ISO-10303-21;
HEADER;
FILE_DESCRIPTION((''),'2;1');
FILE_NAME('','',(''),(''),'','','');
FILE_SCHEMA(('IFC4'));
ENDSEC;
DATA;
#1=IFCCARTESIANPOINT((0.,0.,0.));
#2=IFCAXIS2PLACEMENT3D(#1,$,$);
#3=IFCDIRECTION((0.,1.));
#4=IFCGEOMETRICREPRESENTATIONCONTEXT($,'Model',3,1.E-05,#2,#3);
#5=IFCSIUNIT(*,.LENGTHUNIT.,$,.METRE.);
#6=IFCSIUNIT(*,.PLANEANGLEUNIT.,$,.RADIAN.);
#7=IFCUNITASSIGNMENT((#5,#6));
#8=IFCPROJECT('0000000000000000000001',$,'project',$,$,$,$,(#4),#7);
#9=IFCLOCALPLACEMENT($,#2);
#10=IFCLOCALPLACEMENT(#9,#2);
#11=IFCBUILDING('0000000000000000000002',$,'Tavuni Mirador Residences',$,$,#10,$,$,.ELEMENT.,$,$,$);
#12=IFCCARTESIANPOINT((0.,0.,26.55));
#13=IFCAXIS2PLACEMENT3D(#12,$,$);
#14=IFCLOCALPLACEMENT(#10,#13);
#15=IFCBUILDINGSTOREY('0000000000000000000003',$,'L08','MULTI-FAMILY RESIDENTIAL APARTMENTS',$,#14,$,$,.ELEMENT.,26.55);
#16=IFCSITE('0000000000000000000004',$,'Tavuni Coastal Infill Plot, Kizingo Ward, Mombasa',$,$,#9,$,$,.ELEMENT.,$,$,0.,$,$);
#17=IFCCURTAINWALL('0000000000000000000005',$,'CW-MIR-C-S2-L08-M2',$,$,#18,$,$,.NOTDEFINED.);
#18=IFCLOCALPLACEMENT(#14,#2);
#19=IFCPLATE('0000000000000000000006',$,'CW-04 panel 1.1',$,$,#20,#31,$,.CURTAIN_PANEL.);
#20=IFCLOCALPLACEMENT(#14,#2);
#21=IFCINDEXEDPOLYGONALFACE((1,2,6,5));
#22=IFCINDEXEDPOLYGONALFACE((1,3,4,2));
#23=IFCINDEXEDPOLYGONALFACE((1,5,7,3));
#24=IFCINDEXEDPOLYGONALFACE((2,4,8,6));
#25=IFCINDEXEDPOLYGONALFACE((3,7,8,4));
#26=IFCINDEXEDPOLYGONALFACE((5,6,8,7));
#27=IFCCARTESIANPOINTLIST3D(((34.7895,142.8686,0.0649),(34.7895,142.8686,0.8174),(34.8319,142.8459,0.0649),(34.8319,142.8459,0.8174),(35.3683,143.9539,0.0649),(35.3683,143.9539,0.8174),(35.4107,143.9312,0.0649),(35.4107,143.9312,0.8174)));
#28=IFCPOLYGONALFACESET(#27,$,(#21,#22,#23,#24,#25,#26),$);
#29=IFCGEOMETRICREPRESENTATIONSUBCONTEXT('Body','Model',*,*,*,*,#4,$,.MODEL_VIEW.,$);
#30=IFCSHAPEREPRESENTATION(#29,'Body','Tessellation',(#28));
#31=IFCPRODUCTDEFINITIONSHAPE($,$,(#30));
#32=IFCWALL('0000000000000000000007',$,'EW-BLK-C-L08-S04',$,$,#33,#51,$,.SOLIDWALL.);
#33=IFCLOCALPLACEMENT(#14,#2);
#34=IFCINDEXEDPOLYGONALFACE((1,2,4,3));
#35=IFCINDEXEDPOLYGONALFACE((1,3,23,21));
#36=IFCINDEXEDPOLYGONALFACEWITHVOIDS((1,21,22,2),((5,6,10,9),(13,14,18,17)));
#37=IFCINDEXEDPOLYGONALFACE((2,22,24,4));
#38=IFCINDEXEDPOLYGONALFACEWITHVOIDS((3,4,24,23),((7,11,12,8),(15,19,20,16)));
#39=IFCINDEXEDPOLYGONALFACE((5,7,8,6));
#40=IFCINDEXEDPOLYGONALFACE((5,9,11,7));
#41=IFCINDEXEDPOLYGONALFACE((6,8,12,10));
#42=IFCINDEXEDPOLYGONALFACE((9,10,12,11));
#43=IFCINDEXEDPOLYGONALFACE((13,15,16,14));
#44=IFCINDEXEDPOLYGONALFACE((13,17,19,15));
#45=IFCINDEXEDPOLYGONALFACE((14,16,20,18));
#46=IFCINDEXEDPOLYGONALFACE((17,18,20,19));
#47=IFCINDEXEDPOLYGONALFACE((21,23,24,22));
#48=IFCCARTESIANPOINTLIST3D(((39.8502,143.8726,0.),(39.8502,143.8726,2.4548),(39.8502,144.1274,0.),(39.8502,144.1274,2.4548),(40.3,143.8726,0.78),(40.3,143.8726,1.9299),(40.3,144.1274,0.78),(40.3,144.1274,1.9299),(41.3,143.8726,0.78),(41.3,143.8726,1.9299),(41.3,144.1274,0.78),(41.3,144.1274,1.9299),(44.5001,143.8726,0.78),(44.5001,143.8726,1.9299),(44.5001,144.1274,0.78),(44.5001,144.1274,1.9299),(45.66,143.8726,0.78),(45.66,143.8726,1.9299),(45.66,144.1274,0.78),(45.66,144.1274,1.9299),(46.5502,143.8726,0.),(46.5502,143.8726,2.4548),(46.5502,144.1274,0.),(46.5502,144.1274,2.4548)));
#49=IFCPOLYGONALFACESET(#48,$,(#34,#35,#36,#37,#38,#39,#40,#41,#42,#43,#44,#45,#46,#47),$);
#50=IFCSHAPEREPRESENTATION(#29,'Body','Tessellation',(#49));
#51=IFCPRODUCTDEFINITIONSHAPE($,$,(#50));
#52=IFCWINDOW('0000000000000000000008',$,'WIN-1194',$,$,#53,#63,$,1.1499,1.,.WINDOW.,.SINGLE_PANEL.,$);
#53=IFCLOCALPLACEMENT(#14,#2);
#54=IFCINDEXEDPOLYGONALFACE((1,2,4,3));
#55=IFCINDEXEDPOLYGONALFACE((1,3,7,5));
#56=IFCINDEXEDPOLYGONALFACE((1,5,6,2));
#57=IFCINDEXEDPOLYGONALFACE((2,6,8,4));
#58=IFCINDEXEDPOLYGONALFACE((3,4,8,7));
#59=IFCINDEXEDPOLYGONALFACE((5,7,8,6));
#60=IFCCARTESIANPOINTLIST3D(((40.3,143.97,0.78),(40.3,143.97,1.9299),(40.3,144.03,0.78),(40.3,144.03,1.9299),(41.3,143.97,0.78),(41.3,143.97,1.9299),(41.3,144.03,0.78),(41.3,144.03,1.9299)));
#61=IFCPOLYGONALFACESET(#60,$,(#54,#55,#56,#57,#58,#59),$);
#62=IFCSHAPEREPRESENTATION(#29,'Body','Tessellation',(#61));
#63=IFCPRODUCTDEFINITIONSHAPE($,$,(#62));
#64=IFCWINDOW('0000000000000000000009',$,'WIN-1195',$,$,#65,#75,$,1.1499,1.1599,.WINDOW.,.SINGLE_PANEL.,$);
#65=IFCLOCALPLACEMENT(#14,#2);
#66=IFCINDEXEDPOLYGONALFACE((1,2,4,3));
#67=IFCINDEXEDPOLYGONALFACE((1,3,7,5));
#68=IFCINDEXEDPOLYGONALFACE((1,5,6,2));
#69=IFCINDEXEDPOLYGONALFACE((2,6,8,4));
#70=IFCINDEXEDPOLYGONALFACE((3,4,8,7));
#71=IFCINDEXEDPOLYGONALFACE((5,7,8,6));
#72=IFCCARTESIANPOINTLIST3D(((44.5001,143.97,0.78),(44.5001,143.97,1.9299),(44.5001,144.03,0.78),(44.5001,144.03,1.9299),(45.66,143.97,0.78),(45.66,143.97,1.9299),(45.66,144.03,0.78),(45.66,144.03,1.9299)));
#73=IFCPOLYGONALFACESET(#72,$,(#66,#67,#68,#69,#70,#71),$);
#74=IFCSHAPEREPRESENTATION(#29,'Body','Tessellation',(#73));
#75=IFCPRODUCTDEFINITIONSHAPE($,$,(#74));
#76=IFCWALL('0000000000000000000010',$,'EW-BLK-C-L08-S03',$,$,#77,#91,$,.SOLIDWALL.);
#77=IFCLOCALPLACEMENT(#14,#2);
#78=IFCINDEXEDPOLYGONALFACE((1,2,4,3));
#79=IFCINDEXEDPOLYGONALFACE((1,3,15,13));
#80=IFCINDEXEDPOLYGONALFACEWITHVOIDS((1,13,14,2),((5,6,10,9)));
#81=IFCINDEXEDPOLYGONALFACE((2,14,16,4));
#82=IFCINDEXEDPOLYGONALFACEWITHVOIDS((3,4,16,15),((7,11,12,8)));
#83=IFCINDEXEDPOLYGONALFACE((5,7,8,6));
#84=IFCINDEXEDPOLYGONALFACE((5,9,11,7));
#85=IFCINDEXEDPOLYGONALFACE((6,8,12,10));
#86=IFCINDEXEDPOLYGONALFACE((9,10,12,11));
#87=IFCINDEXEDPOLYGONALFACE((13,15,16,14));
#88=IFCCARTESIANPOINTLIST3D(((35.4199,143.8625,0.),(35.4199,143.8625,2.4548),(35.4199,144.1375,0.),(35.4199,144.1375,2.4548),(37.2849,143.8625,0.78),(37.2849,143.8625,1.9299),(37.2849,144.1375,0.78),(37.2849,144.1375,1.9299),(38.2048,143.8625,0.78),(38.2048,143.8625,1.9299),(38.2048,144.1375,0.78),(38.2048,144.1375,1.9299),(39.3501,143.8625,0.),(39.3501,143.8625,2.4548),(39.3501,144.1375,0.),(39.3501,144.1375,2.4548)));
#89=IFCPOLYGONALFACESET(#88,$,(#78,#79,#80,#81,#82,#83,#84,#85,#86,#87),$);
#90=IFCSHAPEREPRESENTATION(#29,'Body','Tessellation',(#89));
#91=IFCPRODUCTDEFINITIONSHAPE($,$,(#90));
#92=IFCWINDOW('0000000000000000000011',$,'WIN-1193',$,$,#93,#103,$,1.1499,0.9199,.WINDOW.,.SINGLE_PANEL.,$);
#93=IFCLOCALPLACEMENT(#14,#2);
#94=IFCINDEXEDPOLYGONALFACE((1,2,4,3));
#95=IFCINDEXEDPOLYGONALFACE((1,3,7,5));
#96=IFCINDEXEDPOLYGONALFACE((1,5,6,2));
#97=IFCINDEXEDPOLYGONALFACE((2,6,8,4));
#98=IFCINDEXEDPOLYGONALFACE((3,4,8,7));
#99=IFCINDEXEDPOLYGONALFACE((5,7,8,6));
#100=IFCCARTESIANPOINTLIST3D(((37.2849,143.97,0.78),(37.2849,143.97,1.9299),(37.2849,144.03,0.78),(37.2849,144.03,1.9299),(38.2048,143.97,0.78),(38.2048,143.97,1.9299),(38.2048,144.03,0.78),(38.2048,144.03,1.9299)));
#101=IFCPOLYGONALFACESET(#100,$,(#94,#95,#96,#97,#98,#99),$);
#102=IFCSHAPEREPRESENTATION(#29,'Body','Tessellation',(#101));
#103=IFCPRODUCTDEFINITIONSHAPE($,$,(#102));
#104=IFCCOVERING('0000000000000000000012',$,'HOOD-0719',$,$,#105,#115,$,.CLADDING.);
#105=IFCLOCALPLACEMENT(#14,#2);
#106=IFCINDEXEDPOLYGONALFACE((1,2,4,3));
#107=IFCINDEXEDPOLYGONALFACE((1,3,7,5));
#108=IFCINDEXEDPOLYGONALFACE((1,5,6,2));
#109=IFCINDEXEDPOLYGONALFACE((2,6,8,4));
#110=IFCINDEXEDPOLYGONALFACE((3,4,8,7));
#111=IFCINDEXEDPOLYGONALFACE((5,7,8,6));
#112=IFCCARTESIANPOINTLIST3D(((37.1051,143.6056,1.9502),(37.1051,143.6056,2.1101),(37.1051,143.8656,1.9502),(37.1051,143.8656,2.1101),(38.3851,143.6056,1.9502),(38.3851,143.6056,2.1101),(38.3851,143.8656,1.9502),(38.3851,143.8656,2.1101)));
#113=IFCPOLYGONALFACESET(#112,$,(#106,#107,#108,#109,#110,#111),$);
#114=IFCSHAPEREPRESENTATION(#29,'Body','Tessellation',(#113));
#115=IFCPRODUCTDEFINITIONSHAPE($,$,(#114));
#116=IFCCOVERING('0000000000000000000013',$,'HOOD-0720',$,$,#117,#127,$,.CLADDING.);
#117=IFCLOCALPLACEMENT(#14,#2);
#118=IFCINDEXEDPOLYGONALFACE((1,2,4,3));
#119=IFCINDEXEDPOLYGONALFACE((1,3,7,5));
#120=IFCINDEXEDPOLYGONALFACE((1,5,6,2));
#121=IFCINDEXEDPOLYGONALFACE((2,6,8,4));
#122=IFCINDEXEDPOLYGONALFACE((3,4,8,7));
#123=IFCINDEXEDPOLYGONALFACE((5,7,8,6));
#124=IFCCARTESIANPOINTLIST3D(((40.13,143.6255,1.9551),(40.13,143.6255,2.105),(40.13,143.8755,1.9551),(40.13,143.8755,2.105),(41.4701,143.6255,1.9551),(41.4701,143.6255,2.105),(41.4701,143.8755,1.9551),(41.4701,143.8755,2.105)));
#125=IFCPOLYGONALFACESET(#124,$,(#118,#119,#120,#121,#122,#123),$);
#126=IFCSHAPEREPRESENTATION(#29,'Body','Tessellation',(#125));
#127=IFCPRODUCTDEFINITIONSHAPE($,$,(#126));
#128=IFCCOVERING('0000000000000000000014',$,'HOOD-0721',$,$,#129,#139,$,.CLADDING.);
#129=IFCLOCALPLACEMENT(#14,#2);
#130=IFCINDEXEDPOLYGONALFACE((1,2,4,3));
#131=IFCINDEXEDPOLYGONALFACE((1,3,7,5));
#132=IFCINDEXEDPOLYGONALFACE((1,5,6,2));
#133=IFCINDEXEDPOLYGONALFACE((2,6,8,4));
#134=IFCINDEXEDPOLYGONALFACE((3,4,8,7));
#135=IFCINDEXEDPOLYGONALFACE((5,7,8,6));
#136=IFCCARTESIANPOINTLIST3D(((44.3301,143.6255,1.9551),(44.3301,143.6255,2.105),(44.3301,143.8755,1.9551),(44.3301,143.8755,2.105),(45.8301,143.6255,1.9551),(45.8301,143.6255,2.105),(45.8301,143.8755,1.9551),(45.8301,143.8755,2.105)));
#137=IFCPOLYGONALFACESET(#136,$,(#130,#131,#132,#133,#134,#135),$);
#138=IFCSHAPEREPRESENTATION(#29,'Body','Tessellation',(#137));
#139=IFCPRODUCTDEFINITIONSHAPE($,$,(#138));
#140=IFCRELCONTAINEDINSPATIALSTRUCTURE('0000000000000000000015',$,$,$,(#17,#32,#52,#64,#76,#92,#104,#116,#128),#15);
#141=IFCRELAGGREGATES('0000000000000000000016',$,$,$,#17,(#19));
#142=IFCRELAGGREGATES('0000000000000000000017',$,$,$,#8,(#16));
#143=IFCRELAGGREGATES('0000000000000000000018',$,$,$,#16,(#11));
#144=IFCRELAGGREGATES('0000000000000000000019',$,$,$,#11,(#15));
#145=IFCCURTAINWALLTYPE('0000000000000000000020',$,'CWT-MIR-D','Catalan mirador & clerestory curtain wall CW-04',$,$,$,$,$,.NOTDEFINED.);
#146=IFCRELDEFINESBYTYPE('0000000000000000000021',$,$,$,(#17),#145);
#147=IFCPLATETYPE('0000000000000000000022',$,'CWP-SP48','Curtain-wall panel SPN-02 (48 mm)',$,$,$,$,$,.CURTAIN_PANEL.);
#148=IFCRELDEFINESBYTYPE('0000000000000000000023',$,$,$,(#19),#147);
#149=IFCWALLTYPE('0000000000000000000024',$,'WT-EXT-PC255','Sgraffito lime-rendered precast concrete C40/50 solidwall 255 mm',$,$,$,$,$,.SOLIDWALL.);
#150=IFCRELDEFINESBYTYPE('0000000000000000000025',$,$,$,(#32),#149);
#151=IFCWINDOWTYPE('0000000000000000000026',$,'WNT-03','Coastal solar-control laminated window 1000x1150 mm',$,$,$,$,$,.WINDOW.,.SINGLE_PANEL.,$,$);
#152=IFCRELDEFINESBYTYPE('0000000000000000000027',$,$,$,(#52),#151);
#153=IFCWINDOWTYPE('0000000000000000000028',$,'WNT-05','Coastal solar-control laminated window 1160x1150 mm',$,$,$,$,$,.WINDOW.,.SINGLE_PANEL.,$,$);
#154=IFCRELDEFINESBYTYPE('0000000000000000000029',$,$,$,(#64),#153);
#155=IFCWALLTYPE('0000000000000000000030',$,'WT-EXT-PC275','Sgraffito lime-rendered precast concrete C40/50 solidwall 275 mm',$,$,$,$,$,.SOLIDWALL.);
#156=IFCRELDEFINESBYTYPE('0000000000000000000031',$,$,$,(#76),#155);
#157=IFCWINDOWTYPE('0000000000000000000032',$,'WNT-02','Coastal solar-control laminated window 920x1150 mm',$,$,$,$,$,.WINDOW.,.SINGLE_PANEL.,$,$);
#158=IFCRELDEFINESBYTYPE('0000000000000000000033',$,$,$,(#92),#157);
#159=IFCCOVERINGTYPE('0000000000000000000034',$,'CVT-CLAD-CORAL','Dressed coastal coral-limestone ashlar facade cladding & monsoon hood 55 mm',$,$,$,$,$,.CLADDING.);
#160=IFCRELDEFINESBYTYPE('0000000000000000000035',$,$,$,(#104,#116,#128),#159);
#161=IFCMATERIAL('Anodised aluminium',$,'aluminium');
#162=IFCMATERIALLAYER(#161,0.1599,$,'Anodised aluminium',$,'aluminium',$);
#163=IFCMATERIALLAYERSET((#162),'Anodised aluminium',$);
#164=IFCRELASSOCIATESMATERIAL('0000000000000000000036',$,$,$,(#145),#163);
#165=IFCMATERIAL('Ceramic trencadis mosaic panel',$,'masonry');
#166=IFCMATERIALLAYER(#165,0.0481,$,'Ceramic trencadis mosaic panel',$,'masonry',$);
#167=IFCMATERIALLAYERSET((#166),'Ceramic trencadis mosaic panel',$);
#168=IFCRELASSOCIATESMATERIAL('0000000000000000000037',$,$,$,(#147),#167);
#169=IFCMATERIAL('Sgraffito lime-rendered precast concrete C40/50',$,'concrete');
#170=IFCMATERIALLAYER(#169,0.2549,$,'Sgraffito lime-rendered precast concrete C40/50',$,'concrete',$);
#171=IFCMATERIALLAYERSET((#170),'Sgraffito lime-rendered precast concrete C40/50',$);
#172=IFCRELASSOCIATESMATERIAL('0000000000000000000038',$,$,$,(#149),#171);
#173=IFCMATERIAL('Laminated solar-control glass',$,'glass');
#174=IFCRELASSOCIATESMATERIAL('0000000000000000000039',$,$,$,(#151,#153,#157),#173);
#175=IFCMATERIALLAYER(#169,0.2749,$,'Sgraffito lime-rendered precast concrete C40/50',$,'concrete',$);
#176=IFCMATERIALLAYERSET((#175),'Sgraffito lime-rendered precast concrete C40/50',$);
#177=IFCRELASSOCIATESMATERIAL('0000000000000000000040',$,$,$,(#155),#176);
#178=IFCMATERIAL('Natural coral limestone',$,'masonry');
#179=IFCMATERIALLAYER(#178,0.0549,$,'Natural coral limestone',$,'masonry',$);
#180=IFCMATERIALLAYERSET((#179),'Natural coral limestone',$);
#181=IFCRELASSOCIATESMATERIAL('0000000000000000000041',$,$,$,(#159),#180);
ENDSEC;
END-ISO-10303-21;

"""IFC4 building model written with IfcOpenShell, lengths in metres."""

from ifc_helpers import new_model, si_unit, direction, frame, frame_2d, origin, origin_2d, place, context, subcontext, project, spatial, rectangle, extrude, material, layer, layer_set, type_object, element, fill, aggregate, save


model = new_model("IFC4")

# Units and contexts
model_context = context("Model", 3, precision=1e-05, world=origin(), true_north=direction((0.0, 1.0)))
body_context = subcontext(model_context, "Body", "Model", "MODEL_VIEW")
ifc_project = project(units=[si_unit("LENGTHUNIT", "METRE"), si_unit("PLANEANGLEUNIT", "RADIAN")], contexts=[model_context])

# Site, building, storey
site_placement = place(None, origin())
site = spatial("IfcSite", under=ifc_project, at=site_placement, Name="Tavuni Coastal Infill Plot, Kizingo Ward, Mombasa", CompositionType="ELEMENT", RefElevation=0.0)
building_placement = place(site_placement, origin())
building = spatial("IfcBuilding", under=site, at=building_placement, Name="Tavuni Mirador Residences", CompositionType="ELEMENT")
storey_placement = place(building_placement, frame((0.0, 0.0, 26.55)))
storey = spatial("IfcBuildingStorey", under=building, at=storey_placement, Name="L08", Description="MULTI-FAMILY RESIDENTIAL APARTMENTS", CompositionType="ELEMENT", Elevation=26.55)

# Curtain wall
ifc_material_1 = material(Name="Anodised aluminium", Category="aluminium")
ifc_layer_1 = layer(ifc_material_1, 0.1599, Name="Anodised aluminium", Category="aluminium")
ifc_layer_set_1 = layer_set([ifc_layer_1], Name="Anodised aluminium")
curtain_wall_type = type_object("IfcCurtainWallType", Name="CWT-MIR-D", Description="Catalan mirador & clerestory curtain wall CW-04", PredefinedType="NOTDEFINED", material=ifc_layer_set_1)
curtain_wall_placement = place(storey_placement, origin())
curtain_wall = element("IfcCurtainWall", 1, at=curtain_wall_placement, inside=storey, type_object=curtain_wall_type, Name="CW-MIR-C-S2-L08-M2", PredefinedType="NOTDEFINED")

# Plate
ifc_material_2 = material(Name="Laminated solar-control glass", Category="glass")
ifc_material_3 = material(Name="Ceramic trencadis mosaic panel", Category="masonry")
ifc_layer_2 = layer(ifc_material_3, 0.0481, Name="Ceramic trencadis mosaic panel", Category="masonry")
ifc_layer_set_2 = layer_set([ifc_layer_2], Name="Ceramic trencadis mosaic panel")
plate_type_1 = type_object("IfcPlateType", Name="CWP-SP48", Description="Curtain-wall panel SPN-02 (48 mm)", PredefinedType="CURTAIN_PANEL", material=ifc_layer_set_2)
plate_1_placement = place(storey_placement, frame((35.1001, 143.3999, 0.0649), z_axis=(0.0, 0.0, 1.0), x_axis=(0.470588, 0.882353, 0.0)))
plate_1 = element("IfcPlate", 2, at=plate_1_placement, type_object=plate_type_1, Name="CW-04 panel 1.1", PredefinedType="CURTAIN_PANEL", context=body_context, shape_type="SweptSolid", body=[
    extrude(rectangle(XDim=1.23, YDim=0.0481, at=origin_2d()), origin(), (0.0, 0.0, 1.0), 0.7524),
])
aggregate(curtain_wall, [plate_1])

# Wall, openings, windows
ifc_material_4 = material(Name="Sgraffito lime-rendered precast concrete C40/50", Category="concrete")
ifc_layer_3 = layer(ifc_material_4, 0.2549, Name="Sgraffito lime-rendered precast concrete C40/50", Category="concrete")
ifc_layer_set_3 = layer_set([ifc_layer_3], Name="Sgraffito lime-rendered precast concrete C40/50")
wall_type_1 = type_object("IfcWallType", Name="WT-EXT-PC255", Description="Sgraffito lime-rendered precast concrete C40/50 solidwall 255 mm", PredefinedType="SOLIDWALL", material=ifc_layer_set_3)
wall_1_placement = place(storey_placement, frame((39.8501, 144.0, 0.0), z_axis=(0.0, 0.0, 1.0), x_axis=(1.0, 0.0, 0.0)))
wall_1 = element("IfcWall", 3, at=wall_1_placement, inside=storey, type_object=wall_type_1, Name="EW-BLK-C-L08-S04", PredefinedType="SOLIDWALL", context=body_context, shape_type="SweptSolid", body=[
    extrude(rectangle(XDim=6.7, YDim=0.2549, at=frame_2d((3.3501, 0.0))), origin(), (0.0, 0.0, 1.0), 2.4548),
])
opening_1_placement = place(wall_1_placement, frame((0.45, 0.0, 0.78)))
opening_1 = element("IfcOpeningElement", 4, at=opening_1_placement, cuts=wall_1, PredefinedType="OPENING", context=body_context, shape_type="SweptSolid", body=[
    extrude(rectangle(XDim=1.0, YDim=1.1499, at=frame_2d((0.5, 0.575))), frame((0.0, 0.1375, 0.0), z_axis=(0.0, -1.0, 0.0), x_axis=(1.0, 0.0, 0.0)), (0.0, 0.0, 1.0), 0.2749),
])
opening_2_placement = place(wall_1_placement, frame((4.6499, 0.0, 0.78)))
opening_2 = element("IfcOpeningElement", 5, at=opening_2_placement, cuts=wall_1, PredefinedType="OPENING", context=body_context, shape_type="SweptSolid", body=[
    extrude(rectangle(XDim=1.1599, YDim=1.1499, at=frame_2d((0.5801, 0.575))), frame((0.0, 0.1375, 0.0), z_axis=(0.0, -1.0, 0.0), x_axis=(1.0, 0.0, 0.0)), (0.0, 0.0, 1.0), 0.2749),
])
window_type_1 = type_object("IfcWindowType", Name="WNT-03", Description="Coastal solar-control laminated window 1000x1150 mm", PartitioningType="SINGLE_PANEL", PredefinedType="WINDOW", material=ifc_material_2)
window_1_placement = place(opening_1_placement, origin())
window_1 = element("IfcWindow", 6, at=window_1_placement, inside=storey, type_object=window_type_1, Name="WIN-1194", OverallHeight=1.1499, OverallWidth=1.0, PartitioningType="SINGLE_PANEL", PredefinedType="WINDOW", context=body_context, shape_type="SweptSolid", body=[
    extrude(rectangle(XDim=1.0, YDim=1.1499, at=frame_2d((0.5, 0.575))), frame((0.0, 0.03, 0.0), z_axis=(0.0, -1.0, 0.0), x_axis=(1.0, 0.0, 0.0)), (0.0, 0.0, 1.0), 0.0601),
])
fill(opening_1, window_1)
window_type_2 = type_object("IfcWindowType", Name="WNT-05", Description="Coastal solar-control laminated window 1160x1150 mm", PartitioningType="SINGLE_PANEL", PredefinedType="WINDOW", material=ifc_material_2)
window_2_placement = place(opening_2_placement, origin())
window_2 = element("IfcWindow", 7, at=window_2_placement, inside=storey, type_object=window_type_2, Name="WIN-1195", OverallHeight=1.1499, OverallWidth=1.1599, PartitioningType="SINGLE_PANEL", PredefinedType="WINDOW", context=body_context, shape_type="SweptSolid", body=[
    extrude(rectangle(XDim=1.1599, YDim=1.1499, at=frame_2d((0.5801, 0.575))), frame((0.0, 0.03, 0.0), z_axis=(0.0, -1.0, 0.0), x_axis=(1.0, 0.0, 0.0)), (0.0, 0.0, 1.0), 0.0601),
])
fill(opening_2, window_2)

# Wall, opening, window
ifc_layer_4 = layer(ifc_material_4, 0.2749, Name="Sgraffito lime-rendered precast concrete C40/50", Category="concrete")
ifc_layer_set_4 = layer_set([ifc_layer_4], Name="Sgraffito lime-rendered precast concrete C40/50")
wall_type_2 = type_object("IfcWallType", Name="WT-EXT-PC275", Description="Sgraffito lime-rendered precast concrete C40/50 solidwall 275 mm", PredefinedType="SOLIDWALL", material=ifc_layer_set_4)
wall_2_placement = place(storey_placement, frame((35.4199, 144.0, 0.0), z_axis=(0.0, 0.0, 1.0), x_axis=(1.0, 0.0, 0.0)))
wall_2 = element("IfcWall", 8, at=wall_2_placement, inside=storey, type_object=wall_type_2, Name="EW-BLK-C-L08-S03", PredefinedType="SOLIDWALL", context=body_context, shape_type="SweptSolid", body=[
    extrude(rectangle(XDim=3.9302, YDim=0.2749, at=frame_2d((1.9651, 0.0))), origin(), (0.0, 0.0, 1.0), 2.4548),
])
opening_3_placement = place(wall_2_placement, frame((1.865, 0.0, 0.78)))
opening_3 = element("IfcOpeningElement", 9, at=opening_3_placement, cuts=wall_2, PredefinedType="OPENING", context=body_context, shape_type="SweptSolid", body=[
    extrude(rectangle(XDim=0.9199, YDim=1.1499, at=frame_2d((0.46, 0.575))), frame((0.0, 0.1475, 0.0), z_axis=(0.0, -1.0, 0.0), x_axis=(1.0, 0.0, 0.0)), (0.0, 0.0, 1.0), 0.2949),
])
window_type_3 = type_object("IfcWindowType", Name="WNT-02", Description="Coastal solar-control laminated window 920x1150 mm", PartitioningType="SINGLE_PANEL", PredefinedType="WINDOW", material=ifc_material_2)
window_3_placement = place(opening_3_placement, origin())
window_3 = element("IfcWindow", 10, at=window_3_placement, inside=storey, type_object=window_type_3, Name="WIN-1193", OverallHeight=1.1499, OverallWidth=0.9199, PartitioningType="SINGLE_PANEL", PredefinedType="WINDOW", context=body_context, shape_type="SweptSolid", body=[
    extrude(rectangle(XDim=0.9199, YDim=1.1499, at=frame_2d((0.46, 0.575))), frame((0.0, 0.03, 0.0), z_axis=(0.0, -1.0, 0.0), x_axis=(1.0, 0.0, 0.0)), (0.0, 0.0, 1.0), 0.0601),
])
fill(opening_3, window_3)

# Coverings
ifc_material_5 = material(Name="Natural coral limestone", Category="masonry")
ifc_layer_5 = layer(ifc_material_5, 0.0549, Name="Natural coral limestone", Category="masonry")
ifc_layer_set_5 = layer_set([ifc_layer_5], Name="Natural coral limestone")
covering_type = type_object("IfcCoveringType", Name="CVT-CLAD-CORAL", Description="Dressed coastal coral-limestone ashlar facade cladding & monsoon hood 55 mm", PredefinedType="CLADDING", material=ifc_layer_set_5)
covering_1_placement = place(storey_placement, frame((37.7451, 143.7356, 1.9502), z_axis=(0.0, 0.0, 1.0), x_axis=(1.0, 0.0, 0.0)))
element("IfcCovering", 11, at=covering_1_placement, inside=storey, type_object=covering_type, Name="HOOD-0719", PredefinedType="CLADDING", context=body_context, shape_type="SweptSolid", body=[
    extrude(rectangle(XDim=1.28, YDim=0.26, at=origin_2d()), origin(), (0.0, 0.0, 1.0), 0.1599),
])
covering_2_placement = place(storey_placement, frame((40.8, 143.7505, 1.9551), z_axis=(0.0, 0.0, 1.0), x_axis=(1.0, 0.0, 0.0)))
element("IfcCovering", 12, at=covering_2_placement, inside=storey, type_object=covering_type, Name="HOOD-0720", PredefinedType="CLADDING", context=body_context, shape_type="SweptSolid", body=[
    extrude(rectangle(XDim=1.3401, YDim=0.25, at=origin_2d()), origin(), (0.0, 0.0, 1.0), 0.1499),
])
covering_3_placement = place(storey_placement, frame((45.0801, 143.7505, 1.9551), z_axis=(0.0, 0.0, 1.0), x_axis=(1.0, 0.0, 0.0)))
element("IfcCovering", 13, at=covering_3_placement, inside=storey, type_object=covering_type, Name="HOOD-0721", PredefinedType="CLADDING", context=body_context, shape_type="SweptSolid", body=[
    extrude(rectangle(XDim=1.5, YDim=0.25, at=origin_2d()), origin(), (0.0, 0.0, 1.0), 0.1499),
])

save(model, "model.ifc")
